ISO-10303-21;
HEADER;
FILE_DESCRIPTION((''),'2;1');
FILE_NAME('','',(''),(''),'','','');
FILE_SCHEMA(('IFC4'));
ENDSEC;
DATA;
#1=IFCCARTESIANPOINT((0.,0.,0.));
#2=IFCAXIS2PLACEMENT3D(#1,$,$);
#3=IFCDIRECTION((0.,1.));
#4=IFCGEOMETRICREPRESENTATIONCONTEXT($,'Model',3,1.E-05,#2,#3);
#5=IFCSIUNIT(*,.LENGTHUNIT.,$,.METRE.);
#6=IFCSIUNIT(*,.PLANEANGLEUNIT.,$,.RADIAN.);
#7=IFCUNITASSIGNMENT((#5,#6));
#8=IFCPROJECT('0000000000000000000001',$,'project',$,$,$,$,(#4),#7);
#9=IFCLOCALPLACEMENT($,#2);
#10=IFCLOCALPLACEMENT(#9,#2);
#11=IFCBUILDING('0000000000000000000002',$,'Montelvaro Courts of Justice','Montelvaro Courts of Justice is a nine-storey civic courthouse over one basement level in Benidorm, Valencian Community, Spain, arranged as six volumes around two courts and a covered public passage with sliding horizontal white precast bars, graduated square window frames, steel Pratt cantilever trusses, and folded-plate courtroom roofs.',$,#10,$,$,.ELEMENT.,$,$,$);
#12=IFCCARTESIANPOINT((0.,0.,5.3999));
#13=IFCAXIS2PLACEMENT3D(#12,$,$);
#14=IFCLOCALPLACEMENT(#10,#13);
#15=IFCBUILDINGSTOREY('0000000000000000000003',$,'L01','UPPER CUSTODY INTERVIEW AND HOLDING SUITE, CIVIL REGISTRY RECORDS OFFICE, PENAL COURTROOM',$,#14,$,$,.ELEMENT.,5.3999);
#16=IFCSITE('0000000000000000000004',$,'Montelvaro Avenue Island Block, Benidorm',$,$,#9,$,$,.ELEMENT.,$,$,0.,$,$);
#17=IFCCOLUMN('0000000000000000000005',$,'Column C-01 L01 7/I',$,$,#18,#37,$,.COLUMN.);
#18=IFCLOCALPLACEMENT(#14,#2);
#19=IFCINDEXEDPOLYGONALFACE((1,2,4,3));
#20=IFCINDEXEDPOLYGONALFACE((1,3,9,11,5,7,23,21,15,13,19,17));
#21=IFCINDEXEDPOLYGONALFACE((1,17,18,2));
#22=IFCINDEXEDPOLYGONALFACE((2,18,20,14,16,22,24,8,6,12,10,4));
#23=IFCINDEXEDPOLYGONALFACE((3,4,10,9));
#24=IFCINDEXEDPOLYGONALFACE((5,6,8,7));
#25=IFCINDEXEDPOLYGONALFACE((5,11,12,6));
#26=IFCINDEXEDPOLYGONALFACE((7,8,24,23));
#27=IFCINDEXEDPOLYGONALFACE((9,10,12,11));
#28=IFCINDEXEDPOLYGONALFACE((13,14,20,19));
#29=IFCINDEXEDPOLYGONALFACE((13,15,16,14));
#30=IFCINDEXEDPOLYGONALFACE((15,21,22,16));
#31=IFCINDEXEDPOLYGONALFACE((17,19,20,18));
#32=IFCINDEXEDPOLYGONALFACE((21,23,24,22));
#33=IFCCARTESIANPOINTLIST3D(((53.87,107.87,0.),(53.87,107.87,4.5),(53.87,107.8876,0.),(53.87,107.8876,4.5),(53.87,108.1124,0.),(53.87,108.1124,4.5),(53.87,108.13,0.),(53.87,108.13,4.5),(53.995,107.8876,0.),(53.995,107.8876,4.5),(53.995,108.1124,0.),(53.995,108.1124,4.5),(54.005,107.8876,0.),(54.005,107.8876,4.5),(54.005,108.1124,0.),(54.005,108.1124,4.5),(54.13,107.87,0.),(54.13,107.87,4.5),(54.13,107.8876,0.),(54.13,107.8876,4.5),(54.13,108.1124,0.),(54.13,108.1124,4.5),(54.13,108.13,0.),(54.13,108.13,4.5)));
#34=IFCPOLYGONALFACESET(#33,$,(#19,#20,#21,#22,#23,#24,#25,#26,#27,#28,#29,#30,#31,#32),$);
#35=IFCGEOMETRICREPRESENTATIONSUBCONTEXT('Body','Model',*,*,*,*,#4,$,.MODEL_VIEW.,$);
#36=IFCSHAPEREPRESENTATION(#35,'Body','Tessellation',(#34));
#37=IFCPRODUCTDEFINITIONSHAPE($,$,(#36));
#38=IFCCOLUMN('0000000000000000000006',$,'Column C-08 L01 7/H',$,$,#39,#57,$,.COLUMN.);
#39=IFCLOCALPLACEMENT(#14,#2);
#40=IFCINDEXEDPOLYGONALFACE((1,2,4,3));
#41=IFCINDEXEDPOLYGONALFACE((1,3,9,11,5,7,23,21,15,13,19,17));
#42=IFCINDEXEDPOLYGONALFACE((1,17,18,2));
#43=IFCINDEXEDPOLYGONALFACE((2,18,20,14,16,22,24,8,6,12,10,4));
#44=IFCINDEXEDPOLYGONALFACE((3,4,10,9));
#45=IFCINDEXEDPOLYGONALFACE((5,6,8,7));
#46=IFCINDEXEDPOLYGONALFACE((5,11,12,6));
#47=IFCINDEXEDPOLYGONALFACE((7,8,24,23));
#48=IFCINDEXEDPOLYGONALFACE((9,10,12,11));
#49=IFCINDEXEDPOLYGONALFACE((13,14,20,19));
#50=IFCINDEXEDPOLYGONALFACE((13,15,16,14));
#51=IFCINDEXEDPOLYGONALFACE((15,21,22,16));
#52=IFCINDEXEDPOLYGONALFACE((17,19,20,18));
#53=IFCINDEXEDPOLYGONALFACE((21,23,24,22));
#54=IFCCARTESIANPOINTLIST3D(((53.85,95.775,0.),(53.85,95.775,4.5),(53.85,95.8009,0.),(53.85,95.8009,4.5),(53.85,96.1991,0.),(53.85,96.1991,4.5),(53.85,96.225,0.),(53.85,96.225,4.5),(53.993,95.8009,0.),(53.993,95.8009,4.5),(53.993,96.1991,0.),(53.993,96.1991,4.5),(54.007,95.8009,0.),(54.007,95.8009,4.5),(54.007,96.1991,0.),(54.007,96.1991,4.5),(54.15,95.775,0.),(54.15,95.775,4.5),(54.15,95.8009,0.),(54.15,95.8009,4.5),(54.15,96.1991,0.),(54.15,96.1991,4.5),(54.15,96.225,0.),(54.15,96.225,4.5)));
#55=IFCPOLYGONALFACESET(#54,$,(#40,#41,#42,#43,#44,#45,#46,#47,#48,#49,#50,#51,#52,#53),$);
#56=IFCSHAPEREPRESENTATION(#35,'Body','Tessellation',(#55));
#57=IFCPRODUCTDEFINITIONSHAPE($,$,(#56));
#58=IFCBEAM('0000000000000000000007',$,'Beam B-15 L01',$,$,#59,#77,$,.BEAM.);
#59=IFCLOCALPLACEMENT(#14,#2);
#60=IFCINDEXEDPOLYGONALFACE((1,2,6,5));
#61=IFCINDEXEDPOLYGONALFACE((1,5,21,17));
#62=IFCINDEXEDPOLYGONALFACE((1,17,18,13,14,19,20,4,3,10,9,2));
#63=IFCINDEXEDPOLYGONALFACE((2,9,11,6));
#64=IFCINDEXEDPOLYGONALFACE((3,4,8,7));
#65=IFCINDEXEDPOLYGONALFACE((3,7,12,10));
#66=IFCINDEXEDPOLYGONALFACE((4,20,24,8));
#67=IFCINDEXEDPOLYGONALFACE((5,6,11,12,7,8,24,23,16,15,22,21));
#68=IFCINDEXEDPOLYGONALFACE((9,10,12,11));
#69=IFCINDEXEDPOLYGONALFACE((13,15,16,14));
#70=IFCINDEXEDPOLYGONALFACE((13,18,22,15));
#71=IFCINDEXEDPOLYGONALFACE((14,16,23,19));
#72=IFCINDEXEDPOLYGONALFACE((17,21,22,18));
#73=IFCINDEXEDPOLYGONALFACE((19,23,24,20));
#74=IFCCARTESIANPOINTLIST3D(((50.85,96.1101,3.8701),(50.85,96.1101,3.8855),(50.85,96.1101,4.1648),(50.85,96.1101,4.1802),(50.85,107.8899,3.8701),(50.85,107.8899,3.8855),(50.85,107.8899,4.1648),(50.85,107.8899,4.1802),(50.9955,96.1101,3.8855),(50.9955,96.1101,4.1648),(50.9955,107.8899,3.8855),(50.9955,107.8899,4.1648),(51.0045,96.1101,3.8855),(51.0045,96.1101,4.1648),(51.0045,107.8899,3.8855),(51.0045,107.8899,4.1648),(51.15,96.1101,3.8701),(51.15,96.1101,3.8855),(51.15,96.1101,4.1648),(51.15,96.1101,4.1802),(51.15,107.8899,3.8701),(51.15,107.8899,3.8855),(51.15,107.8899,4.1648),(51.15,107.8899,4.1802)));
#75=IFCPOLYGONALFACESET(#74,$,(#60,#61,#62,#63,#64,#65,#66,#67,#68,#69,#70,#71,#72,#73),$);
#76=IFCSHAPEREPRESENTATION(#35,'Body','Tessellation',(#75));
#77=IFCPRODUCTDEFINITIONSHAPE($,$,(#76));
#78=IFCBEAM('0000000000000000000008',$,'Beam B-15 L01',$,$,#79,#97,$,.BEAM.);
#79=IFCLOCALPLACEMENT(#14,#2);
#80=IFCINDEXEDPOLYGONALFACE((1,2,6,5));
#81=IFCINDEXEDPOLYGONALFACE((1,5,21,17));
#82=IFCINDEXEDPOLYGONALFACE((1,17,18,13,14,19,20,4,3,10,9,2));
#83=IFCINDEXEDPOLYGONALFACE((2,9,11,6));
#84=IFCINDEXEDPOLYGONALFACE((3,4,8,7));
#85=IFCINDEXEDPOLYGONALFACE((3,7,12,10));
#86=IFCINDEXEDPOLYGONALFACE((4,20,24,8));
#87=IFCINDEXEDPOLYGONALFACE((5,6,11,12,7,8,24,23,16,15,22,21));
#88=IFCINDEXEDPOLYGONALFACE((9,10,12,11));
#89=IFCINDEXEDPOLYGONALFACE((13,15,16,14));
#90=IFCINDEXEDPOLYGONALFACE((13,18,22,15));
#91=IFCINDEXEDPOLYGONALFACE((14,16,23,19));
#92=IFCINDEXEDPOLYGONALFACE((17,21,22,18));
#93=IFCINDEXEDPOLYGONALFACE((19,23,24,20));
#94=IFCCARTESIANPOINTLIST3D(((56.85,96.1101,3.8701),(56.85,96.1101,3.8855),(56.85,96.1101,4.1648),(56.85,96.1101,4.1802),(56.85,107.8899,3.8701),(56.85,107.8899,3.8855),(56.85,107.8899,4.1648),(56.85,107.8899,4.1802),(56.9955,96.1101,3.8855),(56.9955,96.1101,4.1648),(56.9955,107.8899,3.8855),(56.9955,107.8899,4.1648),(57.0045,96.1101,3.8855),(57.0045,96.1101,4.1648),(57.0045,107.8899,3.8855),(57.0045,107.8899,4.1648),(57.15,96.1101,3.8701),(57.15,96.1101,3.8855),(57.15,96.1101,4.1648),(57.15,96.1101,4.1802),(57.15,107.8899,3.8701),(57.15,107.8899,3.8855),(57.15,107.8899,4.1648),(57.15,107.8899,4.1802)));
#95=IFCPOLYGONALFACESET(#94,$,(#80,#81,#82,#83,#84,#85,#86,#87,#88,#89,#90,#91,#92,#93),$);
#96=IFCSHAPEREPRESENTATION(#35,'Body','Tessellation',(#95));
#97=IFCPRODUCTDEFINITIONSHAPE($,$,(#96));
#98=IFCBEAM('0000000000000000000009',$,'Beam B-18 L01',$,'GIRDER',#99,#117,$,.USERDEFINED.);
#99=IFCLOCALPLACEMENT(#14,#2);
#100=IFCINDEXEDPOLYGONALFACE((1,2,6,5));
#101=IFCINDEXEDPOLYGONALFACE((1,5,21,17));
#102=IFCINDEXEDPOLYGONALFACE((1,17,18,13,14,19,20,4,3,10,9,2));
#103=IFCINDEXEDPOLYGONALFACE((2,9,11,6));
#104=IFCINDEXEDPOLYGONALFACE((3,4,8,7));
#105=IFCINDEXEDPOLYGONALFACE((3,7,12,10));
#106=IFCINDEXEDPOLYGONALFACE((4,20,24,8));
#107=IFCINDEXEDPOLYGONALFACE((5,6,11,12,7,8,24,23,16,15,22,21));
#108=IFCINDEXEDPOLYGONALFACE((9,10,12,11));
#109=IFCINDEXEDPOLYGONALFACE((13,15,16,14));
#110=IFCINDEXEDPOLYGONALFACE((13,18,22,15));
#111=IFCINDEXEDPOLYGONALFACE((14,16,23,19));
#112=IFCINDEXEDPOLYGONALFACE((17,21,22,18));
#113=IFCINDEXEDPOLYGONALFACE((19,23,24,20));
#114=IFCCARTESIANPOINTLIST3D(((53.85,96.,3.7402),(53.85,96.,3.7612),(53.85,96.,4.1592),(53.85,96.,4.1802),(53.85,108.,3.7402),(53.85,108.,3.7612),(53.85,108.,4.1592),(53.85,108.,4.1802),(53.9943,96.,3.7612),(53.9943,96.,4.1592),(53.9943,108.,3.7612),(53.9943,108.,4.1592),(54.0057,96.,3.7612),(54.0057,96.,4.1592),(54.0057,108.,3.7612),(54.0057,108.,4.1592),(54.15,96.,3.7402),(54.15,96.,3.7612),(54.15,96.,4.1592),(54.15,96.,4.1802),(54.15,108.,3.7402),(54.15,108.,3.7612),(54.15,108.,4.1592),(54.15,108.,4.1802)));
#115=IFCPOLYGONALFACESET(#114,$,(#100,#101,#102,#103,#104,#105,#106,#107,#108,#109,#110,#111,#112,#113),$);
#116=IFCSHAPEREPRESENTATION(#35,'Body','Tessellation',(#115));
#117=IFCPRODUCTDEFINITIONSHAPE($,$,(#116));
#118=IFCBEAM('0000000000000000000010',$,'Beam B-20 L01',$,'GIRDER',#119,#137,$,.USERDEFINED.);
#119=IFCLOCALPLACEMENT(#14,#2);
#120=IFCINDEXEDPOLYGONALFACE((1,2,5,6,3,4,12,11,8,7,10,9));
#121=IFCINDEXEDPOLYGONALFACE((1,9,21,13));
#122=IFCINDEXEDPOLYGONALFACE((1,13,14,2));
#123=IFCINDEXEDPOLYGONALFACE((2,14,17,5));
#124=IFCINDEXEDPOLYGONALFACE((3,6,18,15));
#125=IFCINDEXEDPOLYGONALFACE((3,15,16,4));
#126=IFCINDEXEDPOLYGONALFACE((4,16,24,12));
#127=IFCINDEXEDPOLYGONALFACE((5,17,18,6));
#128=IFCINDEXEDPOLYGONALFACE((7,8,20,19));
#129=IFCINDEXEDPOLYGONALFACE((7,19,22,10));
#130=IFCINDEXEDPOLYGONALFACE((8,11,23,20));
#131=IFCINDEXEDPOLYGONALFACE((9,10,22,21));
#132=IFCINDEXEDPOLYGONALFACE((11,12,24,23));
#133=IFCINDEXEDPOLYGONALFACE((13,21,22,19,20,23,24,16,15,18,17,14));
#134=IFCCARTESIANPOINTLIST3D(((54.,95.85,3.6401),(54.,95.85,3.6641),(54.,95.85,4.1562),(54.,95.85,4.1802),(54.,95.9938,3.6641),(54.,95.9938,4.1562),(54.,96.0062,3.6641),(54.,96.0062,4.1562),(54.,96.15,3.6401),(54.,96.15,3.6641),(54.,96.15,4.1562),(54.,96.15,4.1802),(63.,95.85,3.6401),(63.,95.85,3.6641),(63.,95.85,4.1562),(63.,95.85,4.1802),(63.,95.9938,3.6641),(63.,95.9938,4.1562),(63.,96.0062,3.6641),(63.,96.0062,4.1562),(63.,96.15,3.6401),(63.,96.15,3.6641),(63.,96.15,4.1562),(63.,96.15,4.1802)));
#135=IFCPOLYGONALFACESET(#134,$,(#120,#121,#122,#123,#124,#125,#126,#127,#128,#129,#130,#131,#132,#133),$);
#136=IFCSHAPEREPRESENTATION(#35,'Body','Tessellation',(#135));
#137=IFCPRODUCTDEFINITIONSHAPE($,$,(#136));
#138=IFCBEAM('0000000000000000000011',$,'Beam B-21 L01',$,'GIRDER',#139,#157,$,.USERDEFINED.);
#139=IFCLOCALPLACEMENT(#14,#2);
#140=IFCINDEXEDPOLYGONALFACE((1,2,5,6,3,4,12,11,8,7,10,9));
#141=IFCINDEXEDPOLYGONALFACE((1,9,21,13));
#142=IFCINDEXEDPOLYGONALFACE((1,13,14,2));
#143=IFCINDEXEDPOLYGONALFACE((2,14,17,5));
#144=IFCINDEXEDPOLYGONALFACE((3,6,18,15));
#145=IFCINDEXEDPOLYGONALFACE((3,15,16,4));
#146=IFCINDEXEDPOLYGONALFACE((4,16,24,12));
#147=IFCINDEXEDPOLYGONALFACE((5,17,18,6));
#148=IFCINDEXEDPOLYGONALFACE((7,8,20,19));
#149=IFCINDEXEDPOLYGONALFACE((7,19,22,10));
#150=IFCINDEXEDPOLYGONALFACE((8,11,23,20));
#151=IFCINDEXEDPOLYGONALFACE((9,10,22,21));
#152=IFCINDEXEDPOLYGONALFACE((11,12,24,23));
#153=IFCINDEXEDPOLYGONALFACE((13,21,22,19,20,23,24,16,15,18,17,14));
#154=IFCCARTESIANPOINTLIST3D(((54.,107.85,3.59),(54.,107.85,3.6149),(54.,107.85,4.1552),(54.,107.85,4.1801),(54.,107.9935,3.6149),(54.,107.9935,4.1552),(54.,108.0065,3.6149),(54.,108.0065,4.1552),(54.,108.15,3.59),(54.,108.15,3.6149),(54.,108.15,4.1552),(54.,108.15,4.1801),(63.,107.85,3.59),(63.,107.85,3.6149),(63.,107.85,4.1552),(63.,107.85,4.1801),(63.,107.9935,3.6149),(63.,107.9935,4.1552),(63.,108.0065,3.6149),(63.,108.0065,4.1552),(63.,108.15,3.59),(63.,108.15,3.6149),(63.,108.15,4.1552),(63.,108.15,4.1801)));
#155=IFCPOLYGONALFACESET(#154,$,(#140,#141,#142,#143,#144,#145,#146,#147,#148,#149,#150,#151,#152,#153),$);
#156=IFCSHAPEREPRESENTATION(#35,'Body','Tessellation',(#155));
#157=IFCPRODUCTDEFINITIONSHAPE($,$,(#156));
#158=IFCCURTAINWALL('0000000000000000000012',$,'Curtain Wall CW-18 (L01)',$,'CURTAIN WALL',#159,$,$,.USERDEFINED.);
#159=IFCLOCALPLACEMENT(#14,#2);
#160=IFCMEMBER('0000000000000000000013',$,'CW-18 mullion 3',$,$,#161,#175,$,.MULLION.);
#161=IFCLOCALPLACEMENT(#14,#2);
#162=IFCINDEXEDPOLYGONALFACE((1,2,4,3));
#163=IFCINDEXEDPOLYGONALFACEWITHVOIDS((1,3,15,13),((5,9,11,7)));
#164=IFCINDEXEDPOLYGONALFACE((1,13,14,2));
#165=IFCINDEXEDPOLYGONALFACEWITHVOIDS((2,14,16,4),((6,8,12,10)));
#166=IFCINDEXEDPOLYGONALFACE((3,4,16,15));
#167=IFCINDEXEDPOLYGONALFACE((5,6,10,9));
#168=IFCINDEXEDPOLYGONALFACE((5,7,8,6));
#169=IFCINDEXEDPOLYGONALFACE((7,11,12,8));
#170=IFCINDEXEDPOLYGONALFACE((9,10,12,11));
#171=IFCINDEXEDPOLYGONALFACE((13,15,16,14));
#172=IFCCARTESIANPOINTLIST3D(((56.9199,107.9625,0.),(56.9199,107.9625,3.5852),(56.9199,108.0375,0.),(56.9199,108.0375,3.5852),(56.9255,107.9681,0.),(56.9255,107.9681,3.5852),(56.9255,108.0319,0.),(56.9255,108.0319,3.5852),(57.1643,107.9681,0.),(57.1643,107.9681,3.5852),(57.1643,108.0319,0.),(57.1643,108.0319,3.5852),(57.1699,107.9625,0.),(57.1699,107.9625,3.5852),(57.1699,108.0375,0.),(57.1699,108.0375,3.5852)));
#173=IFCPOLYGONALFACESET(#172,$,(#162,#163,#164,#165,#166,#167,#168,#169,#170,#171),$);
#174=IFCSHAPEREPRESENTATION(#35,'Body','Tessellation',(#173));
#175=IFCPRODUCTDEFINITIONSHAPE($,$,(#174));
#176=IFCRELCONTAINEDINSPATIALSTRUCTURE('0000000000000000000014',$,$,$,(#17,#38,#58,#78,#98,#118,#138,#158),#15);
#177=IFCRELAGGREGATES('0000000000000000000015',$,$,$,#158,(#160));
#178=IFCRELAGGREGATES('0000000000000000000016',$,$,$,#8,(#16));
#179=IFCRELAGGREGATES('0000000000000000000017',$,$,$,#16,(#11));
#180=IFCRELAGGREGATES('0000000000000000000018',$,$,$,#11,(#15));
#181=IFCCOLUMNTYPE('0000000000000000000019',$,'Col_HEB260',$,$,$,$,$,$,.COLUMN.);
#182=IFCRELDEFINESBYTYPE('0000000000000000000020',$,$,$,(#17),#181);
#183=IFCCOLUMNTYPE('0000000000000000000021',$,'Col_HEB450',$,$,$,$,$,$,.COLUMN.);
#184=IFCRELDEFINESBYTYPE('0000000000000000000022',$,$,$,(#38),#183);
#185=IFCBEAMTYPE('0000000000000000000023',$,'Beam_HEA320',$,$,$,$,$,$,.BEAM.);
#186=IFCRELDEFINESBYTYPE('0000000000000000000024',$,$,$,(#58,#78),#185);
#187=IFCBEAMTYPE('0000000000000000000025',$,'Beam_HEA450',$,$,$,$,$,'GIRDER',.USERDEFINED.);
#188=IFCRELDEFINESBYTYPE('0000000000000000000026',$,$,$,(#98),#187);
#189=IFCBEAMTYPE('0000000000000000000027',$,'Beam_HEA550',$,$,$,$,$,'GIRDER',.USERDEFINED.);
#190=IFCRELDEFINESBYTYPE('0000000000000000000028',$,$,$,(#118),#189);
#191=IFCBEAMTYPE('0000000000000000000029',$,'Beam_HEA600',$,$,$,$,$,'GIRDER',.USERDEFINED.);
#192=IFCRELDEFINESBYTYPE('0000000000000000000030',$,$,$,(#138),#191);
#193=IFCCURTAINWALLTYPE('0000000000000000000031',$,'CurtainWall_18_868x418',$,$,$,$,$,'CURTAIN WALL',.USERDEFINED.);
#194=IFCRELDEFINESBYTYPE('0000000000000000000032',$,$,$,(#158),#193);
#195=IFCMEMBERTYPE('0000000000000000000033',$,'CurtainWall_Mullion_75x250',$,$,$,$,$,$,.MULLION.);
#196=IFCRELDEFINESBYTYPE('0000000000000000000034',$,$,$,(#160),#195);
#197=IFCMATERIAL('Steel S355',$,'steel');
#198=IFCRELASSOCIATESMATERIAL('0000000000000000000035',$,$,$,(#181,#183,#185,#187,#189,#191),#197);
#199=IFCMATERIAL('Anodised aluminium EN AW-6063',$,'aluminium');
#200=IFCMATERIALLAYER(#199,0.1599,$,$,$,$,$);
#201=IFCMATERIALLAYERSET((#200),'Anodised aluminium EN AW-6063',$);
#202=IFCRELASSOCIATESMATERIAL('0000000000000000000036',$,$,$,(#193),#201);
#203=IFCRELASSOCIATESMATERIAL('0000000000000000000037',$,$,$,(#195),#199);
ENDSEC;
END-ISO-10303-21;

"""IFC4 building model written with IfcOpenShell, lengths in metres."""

from ifc_helpers import new_model, si_unit, direction, frame, origin, origin_2d, place, context, subcontext, project, spatial, hollow_rectangle, i_section, extrude, material, layer, layer_set, material_profile, profile_set, type_object, element, aggregate, save


model = new_model("IFC4")

# Units and contexts
model_context = context("Model", 3, precision=1e-05, world=origin(), true_north=direction((0.0, 1.0)))
body_context = subcontext(model_context, "Body", "Model", "MODEL_VIEW")
ifc_project = project(units=[si_unit("LENGTHUNIT", "METRE"), si_unit("PLANEANGLEUNIT", "RADIAN")], contexts=[model_context])

# Site, building, storey
site_placement = place(None, origin())
site = spatial("IfcSite", under=ifc_project, at=site_placement, Name="Montelvaro Avenue Island Block, Benidorm", CompositionType="ELEMENT", RefElevation=0.0)
building_placement = place(site_placement, origin())
building = spatial("IfcBuilding", under=site, at=building_placement, Name="Montelvaro Courts of Justice", Description="Montelvaro Courts of Justice is a nine-storey civic courthouse over one basement level in Benidorm, Valencian Community, Spain, arranged as six volumes around two courts and a covered public passage with sliding horizontal white precast bars, graduated square window frames, steel Pratt cantilever trusses, and folded-plate courtroom roofs.", CompositionType="ELEMENT")
storey_placement = place(building_placement, frame((0.0, 0.0, 5.3999)))
storey = spatial("IfcBuildingStorey", under=building, at=storey_placement, Name="L01", Description="UPPER CUSTODY INTERVIEW AND HOLDING SUITE, CIVIL REGISTRY RECORDS OFFICE, PENAL COURTROOM", CompositionType="ELEMENT", Elevation=5.3999)

# Columns
ifc_material_1 = material(Name="Steel S355", Category="steel")
ifc_material_profile_1 = material_profile(ifc_material_1, i_section(OverallWidth=0.26, OverallDepth=0.26, WebThickness=0.01, FlangeThickness=0.0176, at=origin_2d()), Name="HEB 260")
ifc_profile_set_1 = profile_set([ifc_material_profile_1], Name="Steel S355")
column_type_1 = type_object("IfcColumnType", Name="Col_HEB260", PredefinedType="COLUMN", material=ifc_profile_set_1)
column_1_placement = place(storey_placement, frame((54.0, 108.0, 0.0), z_axis=(0.0, 0.0, 1.0), x_axis=(1.0, 0.0, 0.0)))
element("IfcColumn", 1, at=column_1_placement, inside=storey, type_object=column_type_1, Name="Column C-01 L01 7/I", PredefinedType="COLUMN", context=body_context, shape_type="SweptSolid", body=[
    extrude(i_section(OverallWidth=0.26, OverallDepth=0.26, WebThickness=0.01, FlangeThickness=0.0176, at=origin_2d()), origin(), (0.0, 0.0, 1.0), 4.5),
])
ifc_material_profile_2 = material_profile(ifc_material_1, i_section(OverallWidth=0.3, OverallDepth=0.45, WebThickness=0.0139, FlangeThickness=0.0259, at=origin_2d()), Name="HEB 450")
ifc_profile_set_2 = profile_set([ifc_material_profile_2], Name="Steel S355")
column_type_2 = type_object("IfcColumnType", Name="Col_HEB450", PredefinedType="COLUMN", material=ifc_profile_set_2)
column_2_placement = place(storey_placement, frame((54.0, 96.0, 0.0), z_axis=(0.0, 0.0, 1.0), x_axis=(1.0, 0.0, 0.0)))
element("IfcColumn", 2, at=column_2_placement, inside=storey, type_object=column_type_2, Name="Column C-08 L01 7/H", PredefinedType="COLUMN", context=body_context, shape_type="SweptSolid", body=[
    extrude(i_section(OverallWidth=0.3, OverallDepth=0.45, WebThickness=0.0139, FlangeThickness=0.0259, at=origin_2d()), origin(), (0.0, 0.0, 1.0), 4.5),
])

# Beams
ifc_material_profile_3 = material_profile(ifc_material_1, i_section(OverallWidth=0.3, OverallDepth=0.3101, WebThickness=0.009, FlangeThickness=0.0154, at=origin_2d()), Name="HEA 320")
ifc_profile_set_3 = profile_set([ifc_material_profile_3], Name="Steel S355")
beam_type_1 = type_object("IfcBeamType", Name="Beam_HEA320", PredefinedType="BEAM", material=ifc_profile_set_3)
for number, where, z_axis, x_axis, name in (
    (3, (51.0, 96.1101, 4.0251), (0.0, 1.0, 0.0), (-1.0, 0.0, 0.0), "Beam B-15 L01"),
    (4, (57.0, 96.1101, 4.0251), (0.0, 1.0, 0.0), (-1.0, 0.0, 0.0), "Beam B-15 L01"),
):
    element("IfcBeam", number, at=place(storey_placement, frame(where, z_axis=z_axis, x_axis=x_axis)), inside=storey, type_object=beam_type_1, Name=name, PredefinedType="BEAM", context=body_context, shape_type="SweptSolid", body=[
        extrude(i_section(OverallWidth=0.3, OverallDepth=0.3101, WebThickness=0.009, FlangeThickness=0.0154, at=origin_2d()), origin(), (0.0, 0.0, 1.0), 11.7798),
    ])
ifc_material_profile_4 = material_profile(ifc_material_1, i_section(OverallWidth=0.3, OverallDepth=0.4399, WebThickness=0.0115, FlangeThickness=0.021, at=origin_2d()), Name="HEA 450")
ifc_profile_set_4 = profile_set([ifc_material_profile_4], Name="Steel S355")
beam_type_2 = type_object("IfcBeamType", Name="Beam_HEA450", ElementType="GIRDER", PredefinedType="USERDEFINED", material=ifc_profile_set_4)
beam_1_placement = place(storey_placement, frame((54.0, 96.0, 3.9602), z_axis=(0.0, 1.0, 0.0), x_axis=(-1.0, 0.0, 0.0)))
element("IfcBeam", 5, at=beam_1_placement, inside=storey, type_object=beam_type_2, Name="Beam B-18 L01", ObjectType="GIRDER", PredefinedType="USERDEFINED", context=body_context, shape_type="SweptSolid", body=[
    extrude(i_section(OverallWidth=0.3, OverallDepth=0.4399, WebThickness=0.0115, FlangeThickness=0.021, at=origin_2d()), origin(), (0.0, 0.0, 1.0), 12.0),
])
ifc_material_profile_5 = material_profile(ifc_material_1, i_section(OverallWidth=0.3, OverallDepth=0.54, WebThickness=0.0125, FlangeThickness=0.0239, at=origin_2d()), Name="HEA 550")
ifc_profile_set_5 = profile_set([ifc_material_profile_5], Name="Steel S355")
beam_type_3 = type_object("IfcBeamType", Name="Beam_HEA550", ElementType="GIRDER", PredefinedType="USERDEFINED", material=ifc_profile_set_5)
beam_2_placement = place(storey_placement, frame((54.0, 96.0, 3.9102), z_axis=(1.0, 0.0, 0.0), x_axis=(0.0, 1.0, 0.0)))
element("IfcBeam", 6, at=beam_2_placement, inside=storey, type_object=beam_type_3, Name="Beam B-20 L01", ObjectType="GIRDER", PredefinedType="USERDEFINED", context=body_context, shape_type="SweptSolid", body=[
    extrude(i_section(OverallWidth=0.3, OverallDepth=0.54, WebThickness=0.0125, FlangeThickness=0.0239, at=origin_2d()), origin(), (0.0, 0.0, 1.0), 9.0),
])
ifc_material_profile_6 = material_profile(ifc_material_1, i_section(OverallWidth=0.3, OverallDepth=0.5901, WebThickness=0.0129, FlangeThickness=0.0249, at=origin_2d()), Name="HEA 600")
ifc_profile_set_6 = profile_set([ifc_material_profile_6], Name="Steel S355")
beam_type_4 = type_object("IfcBeamType", Name="Beam_HEA600", ElementType="GIRDER", PredefinedType="USERDEFINED", material=ifc_profile_set_6)
beam_3_placement = place(storey_placement, frame((54.0, 108.0, 3.885), z_axis=(1.0, 0.0, 0.0), x_axis=(0.0, 1.0, 0.0)))
element("IfcBeam", 7, at=beam_3_placement, inside=storey, type_object=beam_type_4, Name="Beam B-21 L01", ObjectType="GIRDER", PredefinedType="USERDEFINED", context=body_context, shape_type="SweptSolid", body=[
    extrude(i_section(OverallWidth=0.3, OverallDepth=0.5901, WebThickness=0.0129, FlangeThickness=0.0249, at=origin_2d()), origin(), (0.0, 0.0, 1.0), 9.0),
])

# Curtain wall, member
ifc_material_2 = material(Name="Anodised aluminium EN AW-6063", Category="aluminium")
ifc_layer_1 = layer(ifc_material_2, 0.1599)
ifc_layer_set_1 = layer_set([ifc_layer_1], Name="Anodised aluminium EN AW-6063")
curtain_wall_type = type_object("IfcCurtainWallType", Name="CurtainWall_18_868x418", ElementType="CURTAIN WALL", PredefinedType="USERDEFINED", material=ifc_layer_set_1)
curtain_wall_1_placement = place(storey_placement, origin())
curtain_wall_1 = element("IfcCurtainWall", 8, at=curtain_wall_1_placement, inside=storey, type_object=curtain_wall_type, Name="Curtain Wall CW-18 (L01)", ObjectType="CURTAIN WALL", PredefinedType="USERDEFINED")
ifc_material_profile_7 = material_profile(ifc_material_2, hollow_rectangle(XDim=0.075, YDim=0.25, WallThickness=0.0056, at=origin_2d()), Name="ALU-M 75x250")
ifc_profile_set_7 = profile_set([ifc_material_profile_7], Name="Anodised aluminium EN AW-6063")
member_type_1 = type_object("IfcMemberType", Name="CurtainWall_Mullion_75x250", PredefinedType="MULLION", material=ifc_profile_set_7)
member_1_placement = place(storey_placement, frame((57.0449, 108.0, 0.0), z_axis=(0.0, 0.0, 1.0), x_axis=(0.0, -1.0, 0.0)))
member_1 = element("IfcMember", 9, at=member_1_placement, type_object=member_type_1, Name="CW-18 mullion 3", PredefinedType="MULLION", context=body_context, shape_type="SweptSolid", body=[
    extrude(hollow_rectangle(XDim=0.075, YDim=0.25, WallThickness=0.0056, at=origin_2d()), origin(), (0.0, 0.0, 1.0), 3.5852),
])

aggregate(curtain_wall_1, [member_1])

save(model, "model.ifc")
